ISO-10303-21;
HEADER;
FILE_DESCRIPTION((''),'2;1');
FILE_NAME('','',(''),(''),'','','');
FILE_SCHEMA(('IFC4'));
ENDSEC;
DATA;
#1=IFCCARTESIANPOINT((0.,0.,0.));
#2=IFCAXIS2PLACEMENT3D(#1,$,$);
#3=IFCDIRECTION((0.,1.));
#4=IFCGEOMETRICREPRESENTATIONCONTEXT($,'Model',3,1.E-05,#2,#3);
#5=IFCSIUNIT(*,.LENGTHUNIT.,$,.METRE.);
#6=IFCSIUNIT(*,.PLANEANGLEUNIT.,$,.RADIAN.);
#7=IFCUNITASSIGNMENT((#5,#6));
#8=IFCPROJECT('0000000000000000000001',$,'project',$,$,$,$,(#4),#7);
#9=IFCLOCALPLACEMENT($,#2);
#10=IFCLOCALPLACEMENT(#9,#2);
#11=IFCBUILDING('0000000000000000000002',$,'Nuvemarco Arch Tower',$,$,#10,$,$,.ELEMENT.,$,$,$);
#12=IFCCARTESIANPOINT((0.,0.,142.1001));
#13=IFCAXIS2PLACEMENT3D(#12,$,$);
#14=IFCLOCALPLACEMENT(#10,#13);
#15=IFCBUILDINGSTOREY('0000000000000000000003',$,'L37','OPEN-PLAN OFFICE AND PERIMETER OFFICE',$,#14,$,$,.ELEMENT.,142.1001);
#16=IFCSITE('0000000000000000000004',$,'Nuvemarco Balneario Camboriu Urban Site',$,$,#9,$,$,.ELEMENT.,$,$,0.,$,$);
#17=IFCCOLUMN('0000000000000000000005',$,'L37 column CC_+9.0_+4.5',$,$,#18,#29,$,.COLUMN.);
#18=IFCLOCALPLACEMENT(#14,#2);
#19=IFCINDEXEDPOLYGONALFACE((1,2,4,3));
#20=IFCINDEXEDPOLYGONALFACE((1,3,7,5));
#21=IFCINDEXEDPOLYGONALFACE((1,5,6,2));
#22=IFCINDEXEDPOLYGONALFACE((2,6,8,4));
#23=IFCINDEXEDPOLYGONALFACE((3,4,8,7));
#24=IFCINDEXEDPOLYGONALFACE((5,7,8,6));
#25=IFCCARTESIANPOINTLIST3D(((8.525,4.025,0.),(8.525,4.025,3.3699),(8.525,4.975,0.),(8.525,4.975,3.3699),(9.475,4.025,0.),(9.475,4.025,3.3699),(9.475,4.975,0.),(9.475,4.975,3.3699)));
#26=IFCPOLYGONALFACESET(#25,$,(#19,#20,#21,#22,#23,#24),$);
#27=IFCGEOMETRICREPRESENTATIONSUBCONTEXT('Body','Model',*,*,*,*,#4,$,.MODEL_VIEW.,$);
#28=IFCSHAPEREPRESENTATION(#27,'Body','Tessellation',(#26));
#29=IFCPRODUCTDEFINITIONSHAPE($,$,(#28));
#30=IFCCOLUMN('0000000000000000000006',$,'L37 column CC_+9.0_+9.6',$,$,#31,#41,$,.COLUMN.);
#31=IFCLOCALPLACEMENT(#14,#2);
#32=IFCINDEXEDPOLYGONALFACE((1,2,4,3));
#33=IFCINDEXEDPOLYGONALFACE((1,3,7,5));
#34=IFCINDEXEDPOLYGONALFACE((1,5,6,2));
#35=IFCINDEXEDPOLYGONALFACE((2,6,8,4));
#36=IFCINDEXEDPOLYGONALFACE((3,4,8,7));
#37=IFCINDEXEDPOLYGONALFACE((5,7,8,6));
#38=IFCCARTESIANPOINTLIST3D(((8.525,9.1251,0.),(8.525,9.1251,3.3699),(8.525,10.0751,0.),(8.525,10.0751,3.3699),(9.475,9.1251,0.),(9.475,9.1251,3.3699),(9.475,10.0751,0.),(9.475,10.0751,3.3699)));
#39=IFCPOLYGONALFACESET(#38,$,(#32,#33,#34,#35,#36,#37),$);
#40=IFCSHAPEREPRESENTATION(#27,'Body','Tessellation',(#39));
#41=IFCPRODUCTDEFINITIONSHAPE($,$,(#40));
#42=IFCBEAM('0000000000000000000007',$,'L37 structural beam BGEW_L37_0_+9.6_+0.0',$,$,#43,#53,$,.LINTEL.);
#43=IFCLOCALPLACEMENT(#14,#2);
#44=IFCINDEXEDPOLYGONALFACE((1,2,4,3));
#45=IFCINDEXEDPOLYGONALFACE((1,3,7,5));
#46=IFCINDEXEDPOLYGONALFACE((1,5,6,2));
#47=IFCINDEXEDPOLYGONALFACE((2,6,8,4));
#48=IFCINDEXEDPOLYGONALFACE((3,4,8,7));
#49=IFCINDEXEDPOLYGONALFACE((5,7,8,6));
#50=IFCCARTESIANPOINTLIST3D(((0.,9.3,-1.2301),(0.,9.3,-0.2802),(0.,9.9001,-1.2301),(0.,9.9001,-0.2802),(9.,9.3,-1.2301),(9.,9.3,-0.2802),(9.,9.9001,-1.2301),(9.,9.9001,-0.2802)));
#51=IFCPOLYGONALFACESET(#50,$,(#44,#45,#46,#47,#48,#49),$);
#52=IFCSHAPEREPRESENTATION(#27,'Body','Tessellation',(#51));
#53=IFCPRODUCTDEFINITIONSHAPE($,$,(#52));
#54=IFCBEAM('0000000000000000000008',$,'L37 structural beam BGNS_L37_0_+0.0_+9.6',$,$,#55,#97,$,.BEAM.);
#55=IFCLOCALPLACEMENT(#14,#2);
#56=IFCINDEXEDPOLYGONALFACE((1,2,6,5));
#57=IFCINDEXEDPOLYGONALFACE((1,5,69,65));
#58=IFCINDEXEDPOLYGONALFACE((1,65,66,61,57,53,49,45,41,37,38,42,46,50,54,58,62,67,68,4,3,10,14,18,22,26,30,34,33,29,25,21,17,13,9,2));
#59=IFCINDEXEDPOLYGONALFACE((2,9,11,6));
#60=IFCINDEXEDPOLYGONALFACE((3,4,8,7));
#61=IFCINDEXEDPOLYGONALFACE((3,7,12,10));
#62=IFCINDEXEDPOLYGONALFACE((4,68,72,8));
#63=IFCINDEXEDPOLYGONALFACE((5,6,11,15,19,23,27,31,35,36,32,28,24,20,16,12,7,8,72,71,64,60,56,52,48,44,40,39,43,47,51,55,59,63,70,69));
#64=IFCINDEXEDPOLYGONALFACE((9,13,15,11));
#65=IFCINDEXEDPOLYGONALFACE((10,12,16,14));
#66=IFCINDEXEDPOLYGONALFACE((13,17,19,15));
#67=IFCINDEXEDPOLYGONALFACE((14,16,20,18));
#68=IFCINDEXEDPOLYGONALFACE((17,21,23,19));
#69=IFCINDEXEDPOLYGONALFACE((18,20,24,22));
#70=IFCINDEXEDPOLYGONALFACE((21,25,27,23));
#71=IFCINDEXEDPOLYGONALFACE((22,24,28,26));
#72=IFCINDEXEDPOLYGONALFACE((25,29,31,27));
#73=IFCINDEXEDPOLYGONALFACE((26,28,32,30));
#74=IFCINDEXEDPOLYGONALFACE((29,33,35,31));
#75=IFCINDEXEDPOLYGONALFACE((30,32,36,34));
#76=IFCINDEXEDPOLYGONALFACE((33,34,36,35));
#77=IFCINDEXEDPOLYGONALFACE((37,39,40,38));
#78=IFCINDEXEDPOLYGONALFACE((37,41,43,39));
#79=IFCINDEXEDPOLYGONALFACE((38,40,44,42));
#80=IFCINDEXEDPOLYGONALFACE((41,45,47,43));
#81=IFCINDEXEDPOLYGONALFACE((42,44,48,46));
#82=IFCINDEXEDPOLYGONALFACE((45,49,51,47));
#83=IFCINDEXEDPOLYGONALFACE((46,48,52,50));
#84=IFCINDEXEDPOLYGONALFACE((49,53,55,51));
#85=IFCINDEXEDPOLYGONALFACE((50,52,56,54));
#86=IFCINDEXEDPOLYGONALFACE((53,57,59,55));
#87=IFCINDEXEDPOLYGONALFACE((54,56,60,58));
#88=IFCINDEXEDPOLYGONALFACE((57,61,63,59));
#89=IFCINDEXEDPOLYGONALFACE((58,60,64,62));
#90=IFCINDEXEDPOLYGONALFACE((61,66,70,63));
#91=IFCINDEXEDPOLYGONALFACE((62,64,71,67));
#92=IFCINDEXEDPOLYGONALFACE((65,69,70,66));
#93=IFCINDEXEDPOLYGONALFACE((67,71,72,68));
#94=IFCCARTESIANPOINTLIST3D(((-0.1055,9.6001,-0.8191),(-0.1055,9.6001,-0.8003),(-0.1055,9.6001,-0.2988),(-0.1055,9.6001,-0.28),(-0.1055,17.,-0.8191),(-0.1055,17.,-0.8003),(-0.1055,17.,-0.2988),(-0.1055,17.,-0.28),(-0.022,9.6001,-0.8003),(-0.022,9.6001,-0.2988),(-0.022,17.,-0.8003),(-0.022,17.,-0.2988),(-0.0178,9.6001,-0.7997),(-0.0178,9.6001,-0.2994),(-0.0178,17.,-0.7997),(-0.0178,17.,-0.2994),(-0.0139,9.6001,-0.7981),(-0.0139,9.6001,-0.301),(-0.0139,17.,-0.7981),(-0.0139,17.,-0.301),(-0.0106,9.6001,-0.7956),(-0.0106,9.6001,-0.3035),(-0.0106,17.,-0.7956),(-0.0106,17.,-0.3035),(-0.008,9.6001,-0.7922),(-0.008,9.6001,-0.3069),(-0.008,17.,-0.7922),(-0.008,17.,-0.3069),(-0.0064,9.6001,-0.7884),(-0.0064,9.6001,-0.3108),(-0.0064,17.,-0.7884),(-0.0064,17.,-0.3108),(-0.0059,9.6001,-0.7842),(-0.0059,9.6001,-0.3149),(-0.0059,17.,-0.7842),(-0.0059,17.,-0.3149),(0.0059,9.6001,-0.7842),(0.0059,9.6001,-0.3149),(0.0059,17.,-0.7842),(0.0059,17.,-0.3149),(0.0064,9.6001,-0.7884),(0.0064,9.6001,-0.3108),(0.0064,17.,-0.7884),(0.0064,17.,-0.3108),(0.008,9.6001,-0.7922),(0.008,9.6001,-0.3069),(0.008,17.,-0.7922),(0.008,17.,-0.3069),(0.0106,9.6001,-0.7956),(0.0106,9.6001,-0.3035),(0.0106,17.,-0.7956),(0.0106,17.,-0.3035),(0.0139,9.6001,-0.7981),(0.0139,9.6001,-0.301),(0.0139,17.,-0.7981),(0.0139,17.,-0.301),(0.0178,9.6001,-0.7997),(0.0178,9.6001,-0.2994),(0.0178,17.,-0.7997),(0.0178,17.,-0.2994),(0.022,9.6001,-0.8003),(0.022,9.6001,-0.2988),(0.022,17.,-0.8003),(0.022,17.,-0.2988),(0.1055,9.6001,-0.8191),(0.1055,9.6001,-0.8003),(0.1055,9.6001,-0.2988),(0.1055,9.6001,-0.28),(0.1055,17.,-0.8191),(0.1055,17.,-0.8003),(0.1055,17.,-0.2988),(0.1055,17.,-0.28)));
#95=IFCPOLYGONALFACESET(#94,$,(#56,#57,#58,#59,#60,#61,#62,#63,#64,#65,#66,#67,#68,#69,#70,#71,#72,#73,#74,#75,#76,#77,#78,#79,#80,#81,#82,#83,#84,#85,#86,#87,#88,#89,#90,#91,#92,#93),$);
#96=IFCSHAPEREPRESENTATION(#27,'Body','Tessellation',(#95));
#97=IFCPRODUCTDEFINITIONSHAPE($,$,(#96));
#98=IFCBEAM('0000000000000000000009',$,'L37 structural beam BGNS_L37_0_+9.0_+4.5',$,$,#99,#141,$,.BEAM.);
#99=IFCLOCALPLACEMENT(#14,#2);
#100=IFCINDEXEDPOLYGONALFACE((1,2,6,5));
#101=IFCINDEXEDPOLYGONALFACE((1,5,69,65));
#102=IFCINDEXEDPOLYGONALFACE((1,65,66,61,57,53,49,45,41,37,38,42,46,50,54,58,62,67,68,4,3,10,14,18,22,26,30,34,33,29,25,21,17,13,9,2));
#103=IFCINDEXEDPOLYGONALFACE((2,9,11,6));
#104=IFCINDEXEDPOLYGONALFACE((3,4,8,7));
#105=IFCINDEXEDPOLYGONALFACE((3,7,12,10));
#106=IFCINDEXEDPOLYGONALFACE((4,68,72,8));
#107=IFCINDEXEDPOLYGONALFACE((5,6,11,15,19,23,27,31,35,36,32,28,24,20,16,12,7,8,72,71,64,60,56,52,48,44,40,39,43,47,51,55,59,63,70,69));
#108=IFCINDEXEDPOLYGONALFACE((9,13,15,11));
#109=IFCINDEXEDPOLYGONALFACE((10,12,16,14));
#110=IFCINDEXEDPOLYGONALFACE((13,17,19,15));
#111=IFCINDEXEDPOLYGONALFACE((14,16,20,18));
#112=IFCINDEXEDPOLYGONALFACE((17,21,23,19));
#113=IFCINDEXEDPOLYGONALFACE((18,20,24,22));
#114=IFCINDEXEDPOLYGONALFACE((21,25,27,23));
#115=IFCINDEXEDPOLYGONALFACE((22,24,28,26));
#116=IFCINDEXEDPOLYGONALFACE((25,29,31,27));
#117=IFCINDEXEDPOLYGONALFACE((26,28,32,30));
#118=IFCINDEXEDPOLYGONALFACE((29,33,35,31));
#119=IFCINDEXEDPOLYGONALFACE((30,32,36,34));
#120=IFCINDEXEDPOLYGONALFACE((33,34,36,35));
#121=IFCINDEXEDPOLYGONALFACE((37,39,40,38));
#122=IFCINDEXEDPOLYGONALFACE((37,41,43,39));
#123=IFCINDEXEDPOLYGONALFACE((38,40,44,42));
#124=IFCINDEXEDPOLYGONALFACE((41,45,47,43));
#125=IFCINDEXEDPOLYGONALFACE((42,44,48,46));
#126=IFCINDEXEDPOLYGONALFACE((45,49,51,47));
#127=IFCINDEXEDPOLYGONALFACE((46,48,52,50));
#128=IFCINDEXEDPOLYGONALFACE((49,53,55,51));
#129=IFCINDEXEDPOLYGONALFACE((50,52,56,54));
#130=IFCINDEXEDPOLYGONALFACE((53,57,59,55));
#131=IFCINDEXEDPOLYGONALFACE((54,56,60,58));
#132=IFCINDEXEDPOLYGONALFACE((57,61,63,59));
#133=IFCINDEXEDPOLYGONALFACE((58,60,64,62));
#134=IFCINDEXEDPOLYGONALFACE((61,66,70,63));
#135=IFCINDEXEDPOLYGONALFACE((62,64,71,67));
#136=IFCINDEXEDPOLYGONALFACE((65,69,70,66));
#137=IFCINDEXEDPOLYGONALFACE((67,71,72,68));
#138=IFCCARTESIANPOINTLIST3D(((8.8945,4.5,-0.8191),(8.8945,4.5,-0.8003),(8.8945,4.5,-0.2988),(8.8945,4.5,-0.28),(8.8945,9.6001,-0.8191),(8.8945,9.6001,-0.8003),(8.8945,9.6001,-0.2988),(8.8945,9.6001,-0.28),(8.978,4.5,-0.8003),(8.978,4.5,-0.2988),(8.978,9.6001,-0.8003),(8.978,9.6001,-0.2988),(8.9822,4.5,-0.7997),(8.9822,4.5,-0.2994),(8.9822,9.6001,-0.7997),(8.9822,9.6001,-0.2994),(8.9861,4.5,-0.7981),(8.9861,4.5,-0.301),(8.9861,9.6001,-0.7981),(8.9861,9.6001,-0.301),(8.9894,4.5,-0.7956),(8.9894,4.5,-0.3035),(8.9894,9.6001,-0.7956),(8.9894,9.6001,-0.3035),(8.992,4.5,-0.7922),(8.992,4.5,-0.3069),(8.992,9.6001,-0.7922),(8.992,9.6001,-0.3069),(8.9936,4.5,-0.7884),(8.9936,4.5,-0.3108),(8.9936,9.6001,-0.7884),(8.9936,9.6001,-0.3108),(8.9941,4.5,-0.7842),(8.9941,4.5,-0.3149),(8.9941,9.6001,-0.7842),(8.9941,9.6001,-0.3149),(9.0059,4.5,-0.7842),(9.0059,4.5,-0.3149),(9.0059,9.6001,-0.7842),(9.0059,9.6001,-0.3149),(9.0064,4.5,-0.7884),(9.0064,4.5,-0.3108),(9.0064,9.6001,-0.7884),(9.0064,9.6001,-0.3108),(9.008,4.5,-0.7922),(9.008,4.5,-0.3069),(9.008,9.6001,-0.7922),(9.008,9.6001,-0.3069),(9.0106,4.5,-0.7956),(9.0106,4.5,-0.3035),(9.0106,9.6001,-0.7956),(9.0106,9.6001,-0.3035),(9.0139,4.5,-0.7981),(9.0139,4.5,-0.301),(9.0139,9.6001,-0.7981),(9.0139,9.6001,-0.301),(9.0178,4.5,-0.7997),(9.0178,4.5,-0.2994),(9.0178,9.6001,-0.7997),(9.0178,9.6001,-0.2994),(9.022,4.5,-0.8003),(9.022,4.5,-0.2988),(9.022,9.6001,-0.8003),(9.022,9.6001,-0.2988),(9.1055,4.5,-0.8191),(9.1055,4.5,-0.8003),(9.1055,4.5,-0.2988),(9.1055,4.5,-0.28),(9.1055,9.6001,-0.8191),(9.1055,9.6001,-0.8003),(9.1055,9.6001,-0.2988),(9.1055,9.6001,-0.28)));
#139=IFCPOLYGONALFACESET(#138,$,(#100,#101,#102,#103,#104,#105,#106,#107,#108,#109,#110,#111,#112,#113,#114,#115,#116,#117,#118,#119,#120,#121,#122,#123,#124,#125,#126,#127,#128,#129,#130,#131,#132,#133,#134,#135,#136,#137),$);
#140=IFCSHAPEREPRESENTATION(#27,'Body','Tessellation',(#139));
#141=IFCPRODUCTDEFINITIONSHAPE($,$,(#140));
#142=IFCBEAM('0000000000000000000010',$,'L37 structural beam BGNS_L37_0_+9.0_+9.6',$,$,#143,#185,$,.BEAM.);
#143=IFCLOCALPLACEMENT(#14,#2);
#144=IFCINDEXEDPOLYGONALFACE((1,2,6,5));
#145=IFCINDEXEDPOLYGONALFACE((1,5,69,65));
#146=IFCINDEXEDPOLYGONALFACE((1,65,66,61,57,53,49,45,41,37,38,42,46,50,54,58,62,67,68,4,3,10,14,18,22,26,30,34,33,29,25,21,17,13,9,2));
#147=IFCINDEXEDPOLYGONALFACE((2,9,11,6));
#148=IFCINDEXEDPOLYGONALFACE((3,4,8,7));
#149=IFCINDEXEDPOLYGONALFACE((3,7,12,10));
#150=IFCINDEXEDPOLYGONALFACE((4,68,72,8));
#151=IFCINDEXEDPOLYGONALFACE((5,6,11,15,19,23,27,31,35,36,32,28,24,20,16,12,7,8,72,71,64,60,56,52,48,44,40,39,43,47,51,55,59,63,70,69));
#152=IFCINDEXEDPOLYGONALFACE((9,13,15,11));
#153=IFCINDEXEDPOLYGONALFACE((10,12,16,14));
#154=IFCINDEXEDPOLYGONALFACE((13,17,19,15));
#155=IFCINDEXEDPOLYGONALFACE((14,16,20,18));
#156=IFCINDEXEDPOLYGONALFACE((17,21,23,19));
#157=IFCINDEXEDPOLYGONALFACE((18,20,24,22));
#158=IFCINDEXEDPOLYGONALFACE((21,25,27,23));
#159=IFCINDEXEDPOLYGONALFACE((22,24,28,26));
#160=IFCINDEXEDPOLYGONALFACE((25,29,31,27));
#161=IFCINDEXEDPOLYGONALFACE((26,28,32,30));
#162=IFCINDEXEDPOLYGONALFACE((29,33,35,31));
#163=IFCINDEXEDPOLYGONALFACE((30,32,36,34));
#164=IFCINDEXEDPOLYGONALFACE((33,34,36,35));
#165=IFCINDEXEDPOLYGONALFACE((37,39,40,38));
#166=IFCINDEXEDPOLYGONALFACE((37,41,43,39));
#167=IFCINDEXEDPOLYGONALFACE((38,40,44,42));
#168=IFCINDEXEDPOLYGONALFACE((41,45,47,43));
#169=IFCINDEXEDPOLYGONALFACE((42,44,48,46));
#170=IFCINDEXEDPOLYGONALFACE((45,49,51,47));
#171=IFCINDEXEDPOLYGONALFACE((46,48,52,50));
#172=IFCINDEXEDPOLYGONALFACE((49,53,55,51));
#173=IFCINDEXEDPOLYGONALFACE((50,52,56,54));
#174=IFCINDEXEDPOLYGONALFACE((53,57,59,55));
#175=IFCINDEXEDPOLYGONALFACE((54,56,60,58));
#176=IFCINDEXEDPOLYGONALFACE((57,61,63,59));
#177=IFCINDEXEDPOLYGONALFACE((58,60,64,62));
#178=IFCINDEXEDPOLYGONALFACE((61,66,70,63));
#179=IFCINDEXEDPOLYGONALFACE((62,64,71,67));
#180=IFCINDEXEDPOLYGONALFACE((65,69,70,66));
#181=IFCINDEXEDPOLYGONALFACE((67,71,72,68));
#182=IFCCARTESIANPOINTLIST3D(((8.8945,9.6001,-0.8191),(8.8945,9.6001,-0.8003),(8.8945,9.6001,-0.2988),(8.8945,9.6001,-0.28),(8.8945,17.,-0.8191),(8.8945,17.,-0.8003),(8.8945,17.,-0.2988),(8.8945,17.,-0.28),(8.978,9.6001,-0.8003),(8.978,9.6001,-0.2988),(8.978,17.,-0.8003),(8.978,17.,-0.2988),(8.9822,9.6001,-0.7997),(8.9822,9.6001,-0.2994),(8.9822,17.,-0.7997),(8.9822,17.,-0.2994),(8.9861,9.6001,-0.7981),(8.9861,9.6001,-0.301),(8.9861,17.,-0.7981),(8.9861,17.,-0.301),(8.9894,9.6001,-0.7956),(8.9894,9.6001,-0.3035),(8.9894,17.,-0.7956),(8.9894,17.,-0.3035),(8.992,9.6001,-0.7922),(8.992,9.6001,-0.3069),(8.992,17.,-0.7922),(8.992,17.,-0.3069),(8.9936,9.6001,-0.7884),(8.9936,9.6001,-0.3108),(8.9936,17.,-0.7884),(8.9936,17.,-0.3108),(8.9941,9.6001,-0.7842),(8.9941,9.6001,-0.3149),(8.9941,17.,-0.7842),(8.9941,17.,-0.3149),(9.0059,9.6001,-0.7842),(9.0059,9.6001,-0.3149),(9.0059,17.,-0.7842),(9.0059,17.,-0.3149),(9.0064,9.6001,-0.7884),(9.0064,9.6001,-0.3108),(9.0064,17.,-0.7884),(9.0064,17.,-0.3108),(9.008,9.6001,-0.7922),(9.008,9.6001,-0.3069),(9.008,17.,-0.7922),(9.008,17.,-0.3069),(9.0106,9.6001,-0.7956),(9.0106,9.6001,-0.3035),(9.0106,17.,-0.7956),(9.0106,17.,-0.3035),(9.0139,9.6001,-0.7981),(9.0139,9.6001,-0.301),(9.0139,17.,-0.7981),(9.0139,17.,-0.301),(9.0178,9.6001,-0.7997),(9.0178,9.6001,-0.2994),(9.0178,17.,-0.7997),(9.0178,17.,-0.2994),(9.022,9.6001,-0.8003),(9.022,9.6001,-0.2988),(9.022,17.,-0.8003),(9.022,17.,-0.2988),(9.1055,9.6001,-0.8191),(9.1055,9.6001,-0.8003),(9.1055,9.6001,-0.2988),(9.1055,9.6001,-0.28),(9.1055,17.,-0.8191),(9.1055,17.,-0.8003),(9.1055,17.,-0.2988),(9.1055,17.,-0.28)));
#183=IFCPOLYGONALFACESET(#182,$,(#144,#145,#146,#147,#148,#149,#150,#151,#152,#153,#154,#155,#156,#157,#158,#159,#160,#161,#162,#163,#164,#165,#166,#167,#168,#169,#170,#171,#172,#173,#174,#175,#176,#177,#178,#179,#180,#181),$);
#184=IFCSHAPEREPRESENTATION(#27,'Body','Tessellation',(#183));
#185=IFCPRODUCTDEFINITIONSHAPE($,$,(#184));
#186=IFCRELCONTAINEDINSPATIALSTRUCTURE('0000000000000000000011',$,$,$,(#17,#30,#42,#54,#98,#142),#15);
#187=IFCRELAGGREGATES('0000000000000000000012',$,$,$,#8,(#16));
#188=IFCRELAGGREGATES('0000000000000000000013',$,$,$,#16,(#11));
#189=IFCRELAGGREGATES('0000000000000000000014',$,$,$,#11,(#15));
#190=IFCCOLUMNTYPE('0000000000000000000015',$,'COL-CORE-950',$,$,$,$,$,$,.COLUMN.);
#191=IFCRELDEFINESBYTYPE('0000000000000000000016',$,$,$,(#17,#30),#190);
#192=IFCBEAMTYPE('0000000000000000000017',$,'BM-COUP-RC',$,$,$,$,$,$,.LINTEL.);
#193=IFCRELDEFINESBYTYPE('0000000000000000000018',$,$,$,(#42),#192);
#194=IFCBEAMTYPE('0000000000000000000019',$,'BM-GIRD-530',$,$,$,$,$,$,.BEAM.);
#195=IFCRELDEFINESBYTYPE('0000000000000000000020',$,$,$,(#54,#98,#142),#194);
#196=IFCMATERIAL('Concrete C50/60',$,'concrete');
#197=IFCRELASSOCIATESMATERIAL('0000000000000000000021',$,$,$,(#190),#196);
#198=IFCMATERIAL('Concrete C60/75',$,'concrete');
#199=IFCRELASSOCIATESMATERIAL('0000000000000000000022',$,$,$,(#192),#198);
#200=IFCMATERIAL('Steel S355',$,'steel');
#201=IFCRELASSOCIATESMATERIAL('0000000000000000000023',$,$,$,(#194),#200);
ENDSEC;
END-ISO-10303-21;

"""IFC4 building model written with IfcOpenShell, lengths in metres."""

from ifc_helpers import new_model, si_unit, direction, frame, origin, origin_2d, place, context, subcontext, project, spatial, rectangle, i_section, extrude, material, material_profile, profile_set, type_object, element, save


model = new_model("IFC4")

# Units and contexts
model_context = context("Model", 3, precision=1e-05, world=origin(), true_north=direction((0.0, 1.0)))
body_context = subcontext(model_context, "Body", "Model", "MODEL_VIEW")
ifc_project = project(units=[si_unit("LENGTHUNIT", "METRE"), si_unit("PLANEANGLEUNIT", "RADIAN")], contexts=[model_context])

# Site, building, storey
site_placement = place(None, origin())
site = spatial("IfcSite", under=ifc_project, at=site_placement, Name="Nuvemarco Balneario Camboriu Urban Site", CompositionType="ELEMENT", RefElevation=0.0)
building_placement = place(site_placement, origin())
building = spatial("IfcBuilding", under=site, at=building_placement, Name="Nuvemarco Arch Tower", CompositionType="ELEMENT")
storey_placement = place(building_placement, frame((0.0, 0.0, 142.1001)))
storey = spatial("IfcBuildingStorey", under=building, at=storey_placement, Name="L37", Description="OPEN-PLAN OFFICE AND PERIMETER OFFICE", CompositionType="ELEMENT", Elevation=142.1001)

# Columns
ifc_material_1 = material(Name="Concrete C50/60", Category="concrete")
ifc_material_profile_1 = material_profile(ifc_material_1, rectangle(XDim=0.95, YDim=0.95, at=origin_2d()), Name="RC-COL-950x950")
ifc_profile_set_1 = profile_set([ifc_material_profile_1], Name="Concrete C50/60")
column_type = type_object("IfcColumnType", Name="COL-CORE-950", PredefinedType="COLUMN", material=ifc_profile_set_1)
for number, where, z_axis, x_axis, name in (
    (1, (9.0, 4.5, 0.0), (0.0, 0.0, 1.0), (1.0, 0.0, 0.0), "L37 column CC_+9.0_+4.5"),
    (2, (9.0, 9.6001, 0.0), (0.0, 0.0, 1.0), (1.0, 0.0, 0.0), "L37 column CC_+9.0_+9.6"),
):
    element("IfcColumn", number, at=place(storey_placement, frame(where, z_axis=z_axis, x_axis=x_axis)), inside=storey, type_object=column_type, Name=name, PredefinedType="COLUMN", context=body_context, shape_type="SweptSolid", body=[
        extrude(rectangle(XDim=0.95, YDim=0.95, at=origin_2d()), origin(), (0.0, 0.0, 1.0), 3.3699),
    ])

# Beams
ifc_material_2 = material(Name="Concrete C60/75", Category="concrete")
ifc_material_profile_2 = material_profile(ifc_material_2, rectangle(XDim=0.6001, YDim=0.95, at=origin_2d()), Name="RC-BM-600x950")
ifc_profile_set_2 = profile_set([ifc_material_profile_2], Name="Concrete C60/75")
beam_type_1 = type_object("IfcBeamType", Name="BM-COUP-RC", PredefinedType="LINTEL", material=ifc_profile_set_2)
beam_1_placement = place(storey_placement, frame((0.0, 9.6001, -0.7551), z_axis=(1.0, 0.0, 0.0), x_axis=(0.0, 1.0, 0.0)))
element("IfcBeam", 3, at=beam_1_placement, inside=storey, type_object=beam_type_1, Name="L37 structural beam BGEW_L37_0_+9.6_+0.0", PredefinedType="LINTEL", context=body_context, shape_type="SweptSolid", body=[
    extrude(rectangle(XDim=0.6001, YDim=0.95, at=origin_2d()), origin(), (0.0, 0.0, 1.0), 9.0),
])
ifc_material_3 = material(Name="Steel S355", Category="steel")
ifc_material_profile_3 = material_profile(ifc_material_3, i_section(OverallWidth=0.2109, OverallDepth=0.5391, WebThickness=0.0117, FlangeThickness=0.0188, FilletRadius=0.0161, at=origin_2d()), Name="W530x109")
ifc_profile_set_3 = profile_set([ifc_material_profile_3], Name="Steel S355")
beam_type_2 = type_object("IfcBeamType", Name="BM-GIRD-530", PredefinedType="BEAM", material=ifc_profile_set_3)
beam_2_placement = place(storey_placement, frame((0.0, 9.6001, -0.5496), z_axis=(0.0, 1.0, 0.0), x_axis=(-1.0, 0.0, 0.0)))
element("IfcBeam", 4, at=beam_2_placement, inside=storey, type_object=beam_type_2, Name="L37 structural beam BGNS_L37_0_+0.0_+9.6", PredefinedType="BEAM", context=body_context, shape_type="SweptSolid", body=[
    extrude(i_section(OverallWidth=0.2109, OverallDepth=0.5391, WebThickness=0.0117, FlangeThickness=0.0188, FilletRadius=0.0161, at=origin_2d()), origin(), (0.0, 0.0, 1.0), 7.3999),
])
beam_3_placement = place(storey_placement, frame((9.0, 4.5, -0.5496), z_axis=(0.0, 1.0, 0.0), x_axis=(-1.0, 0.0, 0.0)))
element("IfcBeam", 5, at=beam_3_placement, inside=storey, type_object=beam_type_2, Name="L37 structural beam BGNS_L37_0_+9.0_+4.5", PredefinedType="BEAM", context=body_context, shape_type="SweptSolid", body=[
    extrude(i_section(OverallWidth=0.2109, OverallDepth=0.5391, WebThickness=0.0117, FlangeThickness=0.0188, FilletRadius=0.0161, at=origin_2d()), origin(), (0.0, 0.0, 1.0), 5.1001),
])
beam_4_placement = place(storey_placement, frame((9.0, 9.6001, -0.5496), z_axis=(0.0, 1.0, 0.0), x_axis=(-1.0, 0.0, 0.0)))
element("IfcBeam", 6, at=beam_4_placement, inside=storey, type_object=beam_type_2, Name="L37 structural beam BGNS_L37_0_+9.0_+9.6", PredefinedType="BEAM", context=body_context, shape_type="SweptSolid", body=[
    extrude(i_section(OverallWidth=0.2109, OverallDepth=0.5391, WebThickness=0.0117, FlangeThickness=0.0188, FilletRadius=0.0161, at=origin_2d()), origin(), (0.0, 0.0, 1.0), 7.3999),
])

save(model, "model.ifc")
